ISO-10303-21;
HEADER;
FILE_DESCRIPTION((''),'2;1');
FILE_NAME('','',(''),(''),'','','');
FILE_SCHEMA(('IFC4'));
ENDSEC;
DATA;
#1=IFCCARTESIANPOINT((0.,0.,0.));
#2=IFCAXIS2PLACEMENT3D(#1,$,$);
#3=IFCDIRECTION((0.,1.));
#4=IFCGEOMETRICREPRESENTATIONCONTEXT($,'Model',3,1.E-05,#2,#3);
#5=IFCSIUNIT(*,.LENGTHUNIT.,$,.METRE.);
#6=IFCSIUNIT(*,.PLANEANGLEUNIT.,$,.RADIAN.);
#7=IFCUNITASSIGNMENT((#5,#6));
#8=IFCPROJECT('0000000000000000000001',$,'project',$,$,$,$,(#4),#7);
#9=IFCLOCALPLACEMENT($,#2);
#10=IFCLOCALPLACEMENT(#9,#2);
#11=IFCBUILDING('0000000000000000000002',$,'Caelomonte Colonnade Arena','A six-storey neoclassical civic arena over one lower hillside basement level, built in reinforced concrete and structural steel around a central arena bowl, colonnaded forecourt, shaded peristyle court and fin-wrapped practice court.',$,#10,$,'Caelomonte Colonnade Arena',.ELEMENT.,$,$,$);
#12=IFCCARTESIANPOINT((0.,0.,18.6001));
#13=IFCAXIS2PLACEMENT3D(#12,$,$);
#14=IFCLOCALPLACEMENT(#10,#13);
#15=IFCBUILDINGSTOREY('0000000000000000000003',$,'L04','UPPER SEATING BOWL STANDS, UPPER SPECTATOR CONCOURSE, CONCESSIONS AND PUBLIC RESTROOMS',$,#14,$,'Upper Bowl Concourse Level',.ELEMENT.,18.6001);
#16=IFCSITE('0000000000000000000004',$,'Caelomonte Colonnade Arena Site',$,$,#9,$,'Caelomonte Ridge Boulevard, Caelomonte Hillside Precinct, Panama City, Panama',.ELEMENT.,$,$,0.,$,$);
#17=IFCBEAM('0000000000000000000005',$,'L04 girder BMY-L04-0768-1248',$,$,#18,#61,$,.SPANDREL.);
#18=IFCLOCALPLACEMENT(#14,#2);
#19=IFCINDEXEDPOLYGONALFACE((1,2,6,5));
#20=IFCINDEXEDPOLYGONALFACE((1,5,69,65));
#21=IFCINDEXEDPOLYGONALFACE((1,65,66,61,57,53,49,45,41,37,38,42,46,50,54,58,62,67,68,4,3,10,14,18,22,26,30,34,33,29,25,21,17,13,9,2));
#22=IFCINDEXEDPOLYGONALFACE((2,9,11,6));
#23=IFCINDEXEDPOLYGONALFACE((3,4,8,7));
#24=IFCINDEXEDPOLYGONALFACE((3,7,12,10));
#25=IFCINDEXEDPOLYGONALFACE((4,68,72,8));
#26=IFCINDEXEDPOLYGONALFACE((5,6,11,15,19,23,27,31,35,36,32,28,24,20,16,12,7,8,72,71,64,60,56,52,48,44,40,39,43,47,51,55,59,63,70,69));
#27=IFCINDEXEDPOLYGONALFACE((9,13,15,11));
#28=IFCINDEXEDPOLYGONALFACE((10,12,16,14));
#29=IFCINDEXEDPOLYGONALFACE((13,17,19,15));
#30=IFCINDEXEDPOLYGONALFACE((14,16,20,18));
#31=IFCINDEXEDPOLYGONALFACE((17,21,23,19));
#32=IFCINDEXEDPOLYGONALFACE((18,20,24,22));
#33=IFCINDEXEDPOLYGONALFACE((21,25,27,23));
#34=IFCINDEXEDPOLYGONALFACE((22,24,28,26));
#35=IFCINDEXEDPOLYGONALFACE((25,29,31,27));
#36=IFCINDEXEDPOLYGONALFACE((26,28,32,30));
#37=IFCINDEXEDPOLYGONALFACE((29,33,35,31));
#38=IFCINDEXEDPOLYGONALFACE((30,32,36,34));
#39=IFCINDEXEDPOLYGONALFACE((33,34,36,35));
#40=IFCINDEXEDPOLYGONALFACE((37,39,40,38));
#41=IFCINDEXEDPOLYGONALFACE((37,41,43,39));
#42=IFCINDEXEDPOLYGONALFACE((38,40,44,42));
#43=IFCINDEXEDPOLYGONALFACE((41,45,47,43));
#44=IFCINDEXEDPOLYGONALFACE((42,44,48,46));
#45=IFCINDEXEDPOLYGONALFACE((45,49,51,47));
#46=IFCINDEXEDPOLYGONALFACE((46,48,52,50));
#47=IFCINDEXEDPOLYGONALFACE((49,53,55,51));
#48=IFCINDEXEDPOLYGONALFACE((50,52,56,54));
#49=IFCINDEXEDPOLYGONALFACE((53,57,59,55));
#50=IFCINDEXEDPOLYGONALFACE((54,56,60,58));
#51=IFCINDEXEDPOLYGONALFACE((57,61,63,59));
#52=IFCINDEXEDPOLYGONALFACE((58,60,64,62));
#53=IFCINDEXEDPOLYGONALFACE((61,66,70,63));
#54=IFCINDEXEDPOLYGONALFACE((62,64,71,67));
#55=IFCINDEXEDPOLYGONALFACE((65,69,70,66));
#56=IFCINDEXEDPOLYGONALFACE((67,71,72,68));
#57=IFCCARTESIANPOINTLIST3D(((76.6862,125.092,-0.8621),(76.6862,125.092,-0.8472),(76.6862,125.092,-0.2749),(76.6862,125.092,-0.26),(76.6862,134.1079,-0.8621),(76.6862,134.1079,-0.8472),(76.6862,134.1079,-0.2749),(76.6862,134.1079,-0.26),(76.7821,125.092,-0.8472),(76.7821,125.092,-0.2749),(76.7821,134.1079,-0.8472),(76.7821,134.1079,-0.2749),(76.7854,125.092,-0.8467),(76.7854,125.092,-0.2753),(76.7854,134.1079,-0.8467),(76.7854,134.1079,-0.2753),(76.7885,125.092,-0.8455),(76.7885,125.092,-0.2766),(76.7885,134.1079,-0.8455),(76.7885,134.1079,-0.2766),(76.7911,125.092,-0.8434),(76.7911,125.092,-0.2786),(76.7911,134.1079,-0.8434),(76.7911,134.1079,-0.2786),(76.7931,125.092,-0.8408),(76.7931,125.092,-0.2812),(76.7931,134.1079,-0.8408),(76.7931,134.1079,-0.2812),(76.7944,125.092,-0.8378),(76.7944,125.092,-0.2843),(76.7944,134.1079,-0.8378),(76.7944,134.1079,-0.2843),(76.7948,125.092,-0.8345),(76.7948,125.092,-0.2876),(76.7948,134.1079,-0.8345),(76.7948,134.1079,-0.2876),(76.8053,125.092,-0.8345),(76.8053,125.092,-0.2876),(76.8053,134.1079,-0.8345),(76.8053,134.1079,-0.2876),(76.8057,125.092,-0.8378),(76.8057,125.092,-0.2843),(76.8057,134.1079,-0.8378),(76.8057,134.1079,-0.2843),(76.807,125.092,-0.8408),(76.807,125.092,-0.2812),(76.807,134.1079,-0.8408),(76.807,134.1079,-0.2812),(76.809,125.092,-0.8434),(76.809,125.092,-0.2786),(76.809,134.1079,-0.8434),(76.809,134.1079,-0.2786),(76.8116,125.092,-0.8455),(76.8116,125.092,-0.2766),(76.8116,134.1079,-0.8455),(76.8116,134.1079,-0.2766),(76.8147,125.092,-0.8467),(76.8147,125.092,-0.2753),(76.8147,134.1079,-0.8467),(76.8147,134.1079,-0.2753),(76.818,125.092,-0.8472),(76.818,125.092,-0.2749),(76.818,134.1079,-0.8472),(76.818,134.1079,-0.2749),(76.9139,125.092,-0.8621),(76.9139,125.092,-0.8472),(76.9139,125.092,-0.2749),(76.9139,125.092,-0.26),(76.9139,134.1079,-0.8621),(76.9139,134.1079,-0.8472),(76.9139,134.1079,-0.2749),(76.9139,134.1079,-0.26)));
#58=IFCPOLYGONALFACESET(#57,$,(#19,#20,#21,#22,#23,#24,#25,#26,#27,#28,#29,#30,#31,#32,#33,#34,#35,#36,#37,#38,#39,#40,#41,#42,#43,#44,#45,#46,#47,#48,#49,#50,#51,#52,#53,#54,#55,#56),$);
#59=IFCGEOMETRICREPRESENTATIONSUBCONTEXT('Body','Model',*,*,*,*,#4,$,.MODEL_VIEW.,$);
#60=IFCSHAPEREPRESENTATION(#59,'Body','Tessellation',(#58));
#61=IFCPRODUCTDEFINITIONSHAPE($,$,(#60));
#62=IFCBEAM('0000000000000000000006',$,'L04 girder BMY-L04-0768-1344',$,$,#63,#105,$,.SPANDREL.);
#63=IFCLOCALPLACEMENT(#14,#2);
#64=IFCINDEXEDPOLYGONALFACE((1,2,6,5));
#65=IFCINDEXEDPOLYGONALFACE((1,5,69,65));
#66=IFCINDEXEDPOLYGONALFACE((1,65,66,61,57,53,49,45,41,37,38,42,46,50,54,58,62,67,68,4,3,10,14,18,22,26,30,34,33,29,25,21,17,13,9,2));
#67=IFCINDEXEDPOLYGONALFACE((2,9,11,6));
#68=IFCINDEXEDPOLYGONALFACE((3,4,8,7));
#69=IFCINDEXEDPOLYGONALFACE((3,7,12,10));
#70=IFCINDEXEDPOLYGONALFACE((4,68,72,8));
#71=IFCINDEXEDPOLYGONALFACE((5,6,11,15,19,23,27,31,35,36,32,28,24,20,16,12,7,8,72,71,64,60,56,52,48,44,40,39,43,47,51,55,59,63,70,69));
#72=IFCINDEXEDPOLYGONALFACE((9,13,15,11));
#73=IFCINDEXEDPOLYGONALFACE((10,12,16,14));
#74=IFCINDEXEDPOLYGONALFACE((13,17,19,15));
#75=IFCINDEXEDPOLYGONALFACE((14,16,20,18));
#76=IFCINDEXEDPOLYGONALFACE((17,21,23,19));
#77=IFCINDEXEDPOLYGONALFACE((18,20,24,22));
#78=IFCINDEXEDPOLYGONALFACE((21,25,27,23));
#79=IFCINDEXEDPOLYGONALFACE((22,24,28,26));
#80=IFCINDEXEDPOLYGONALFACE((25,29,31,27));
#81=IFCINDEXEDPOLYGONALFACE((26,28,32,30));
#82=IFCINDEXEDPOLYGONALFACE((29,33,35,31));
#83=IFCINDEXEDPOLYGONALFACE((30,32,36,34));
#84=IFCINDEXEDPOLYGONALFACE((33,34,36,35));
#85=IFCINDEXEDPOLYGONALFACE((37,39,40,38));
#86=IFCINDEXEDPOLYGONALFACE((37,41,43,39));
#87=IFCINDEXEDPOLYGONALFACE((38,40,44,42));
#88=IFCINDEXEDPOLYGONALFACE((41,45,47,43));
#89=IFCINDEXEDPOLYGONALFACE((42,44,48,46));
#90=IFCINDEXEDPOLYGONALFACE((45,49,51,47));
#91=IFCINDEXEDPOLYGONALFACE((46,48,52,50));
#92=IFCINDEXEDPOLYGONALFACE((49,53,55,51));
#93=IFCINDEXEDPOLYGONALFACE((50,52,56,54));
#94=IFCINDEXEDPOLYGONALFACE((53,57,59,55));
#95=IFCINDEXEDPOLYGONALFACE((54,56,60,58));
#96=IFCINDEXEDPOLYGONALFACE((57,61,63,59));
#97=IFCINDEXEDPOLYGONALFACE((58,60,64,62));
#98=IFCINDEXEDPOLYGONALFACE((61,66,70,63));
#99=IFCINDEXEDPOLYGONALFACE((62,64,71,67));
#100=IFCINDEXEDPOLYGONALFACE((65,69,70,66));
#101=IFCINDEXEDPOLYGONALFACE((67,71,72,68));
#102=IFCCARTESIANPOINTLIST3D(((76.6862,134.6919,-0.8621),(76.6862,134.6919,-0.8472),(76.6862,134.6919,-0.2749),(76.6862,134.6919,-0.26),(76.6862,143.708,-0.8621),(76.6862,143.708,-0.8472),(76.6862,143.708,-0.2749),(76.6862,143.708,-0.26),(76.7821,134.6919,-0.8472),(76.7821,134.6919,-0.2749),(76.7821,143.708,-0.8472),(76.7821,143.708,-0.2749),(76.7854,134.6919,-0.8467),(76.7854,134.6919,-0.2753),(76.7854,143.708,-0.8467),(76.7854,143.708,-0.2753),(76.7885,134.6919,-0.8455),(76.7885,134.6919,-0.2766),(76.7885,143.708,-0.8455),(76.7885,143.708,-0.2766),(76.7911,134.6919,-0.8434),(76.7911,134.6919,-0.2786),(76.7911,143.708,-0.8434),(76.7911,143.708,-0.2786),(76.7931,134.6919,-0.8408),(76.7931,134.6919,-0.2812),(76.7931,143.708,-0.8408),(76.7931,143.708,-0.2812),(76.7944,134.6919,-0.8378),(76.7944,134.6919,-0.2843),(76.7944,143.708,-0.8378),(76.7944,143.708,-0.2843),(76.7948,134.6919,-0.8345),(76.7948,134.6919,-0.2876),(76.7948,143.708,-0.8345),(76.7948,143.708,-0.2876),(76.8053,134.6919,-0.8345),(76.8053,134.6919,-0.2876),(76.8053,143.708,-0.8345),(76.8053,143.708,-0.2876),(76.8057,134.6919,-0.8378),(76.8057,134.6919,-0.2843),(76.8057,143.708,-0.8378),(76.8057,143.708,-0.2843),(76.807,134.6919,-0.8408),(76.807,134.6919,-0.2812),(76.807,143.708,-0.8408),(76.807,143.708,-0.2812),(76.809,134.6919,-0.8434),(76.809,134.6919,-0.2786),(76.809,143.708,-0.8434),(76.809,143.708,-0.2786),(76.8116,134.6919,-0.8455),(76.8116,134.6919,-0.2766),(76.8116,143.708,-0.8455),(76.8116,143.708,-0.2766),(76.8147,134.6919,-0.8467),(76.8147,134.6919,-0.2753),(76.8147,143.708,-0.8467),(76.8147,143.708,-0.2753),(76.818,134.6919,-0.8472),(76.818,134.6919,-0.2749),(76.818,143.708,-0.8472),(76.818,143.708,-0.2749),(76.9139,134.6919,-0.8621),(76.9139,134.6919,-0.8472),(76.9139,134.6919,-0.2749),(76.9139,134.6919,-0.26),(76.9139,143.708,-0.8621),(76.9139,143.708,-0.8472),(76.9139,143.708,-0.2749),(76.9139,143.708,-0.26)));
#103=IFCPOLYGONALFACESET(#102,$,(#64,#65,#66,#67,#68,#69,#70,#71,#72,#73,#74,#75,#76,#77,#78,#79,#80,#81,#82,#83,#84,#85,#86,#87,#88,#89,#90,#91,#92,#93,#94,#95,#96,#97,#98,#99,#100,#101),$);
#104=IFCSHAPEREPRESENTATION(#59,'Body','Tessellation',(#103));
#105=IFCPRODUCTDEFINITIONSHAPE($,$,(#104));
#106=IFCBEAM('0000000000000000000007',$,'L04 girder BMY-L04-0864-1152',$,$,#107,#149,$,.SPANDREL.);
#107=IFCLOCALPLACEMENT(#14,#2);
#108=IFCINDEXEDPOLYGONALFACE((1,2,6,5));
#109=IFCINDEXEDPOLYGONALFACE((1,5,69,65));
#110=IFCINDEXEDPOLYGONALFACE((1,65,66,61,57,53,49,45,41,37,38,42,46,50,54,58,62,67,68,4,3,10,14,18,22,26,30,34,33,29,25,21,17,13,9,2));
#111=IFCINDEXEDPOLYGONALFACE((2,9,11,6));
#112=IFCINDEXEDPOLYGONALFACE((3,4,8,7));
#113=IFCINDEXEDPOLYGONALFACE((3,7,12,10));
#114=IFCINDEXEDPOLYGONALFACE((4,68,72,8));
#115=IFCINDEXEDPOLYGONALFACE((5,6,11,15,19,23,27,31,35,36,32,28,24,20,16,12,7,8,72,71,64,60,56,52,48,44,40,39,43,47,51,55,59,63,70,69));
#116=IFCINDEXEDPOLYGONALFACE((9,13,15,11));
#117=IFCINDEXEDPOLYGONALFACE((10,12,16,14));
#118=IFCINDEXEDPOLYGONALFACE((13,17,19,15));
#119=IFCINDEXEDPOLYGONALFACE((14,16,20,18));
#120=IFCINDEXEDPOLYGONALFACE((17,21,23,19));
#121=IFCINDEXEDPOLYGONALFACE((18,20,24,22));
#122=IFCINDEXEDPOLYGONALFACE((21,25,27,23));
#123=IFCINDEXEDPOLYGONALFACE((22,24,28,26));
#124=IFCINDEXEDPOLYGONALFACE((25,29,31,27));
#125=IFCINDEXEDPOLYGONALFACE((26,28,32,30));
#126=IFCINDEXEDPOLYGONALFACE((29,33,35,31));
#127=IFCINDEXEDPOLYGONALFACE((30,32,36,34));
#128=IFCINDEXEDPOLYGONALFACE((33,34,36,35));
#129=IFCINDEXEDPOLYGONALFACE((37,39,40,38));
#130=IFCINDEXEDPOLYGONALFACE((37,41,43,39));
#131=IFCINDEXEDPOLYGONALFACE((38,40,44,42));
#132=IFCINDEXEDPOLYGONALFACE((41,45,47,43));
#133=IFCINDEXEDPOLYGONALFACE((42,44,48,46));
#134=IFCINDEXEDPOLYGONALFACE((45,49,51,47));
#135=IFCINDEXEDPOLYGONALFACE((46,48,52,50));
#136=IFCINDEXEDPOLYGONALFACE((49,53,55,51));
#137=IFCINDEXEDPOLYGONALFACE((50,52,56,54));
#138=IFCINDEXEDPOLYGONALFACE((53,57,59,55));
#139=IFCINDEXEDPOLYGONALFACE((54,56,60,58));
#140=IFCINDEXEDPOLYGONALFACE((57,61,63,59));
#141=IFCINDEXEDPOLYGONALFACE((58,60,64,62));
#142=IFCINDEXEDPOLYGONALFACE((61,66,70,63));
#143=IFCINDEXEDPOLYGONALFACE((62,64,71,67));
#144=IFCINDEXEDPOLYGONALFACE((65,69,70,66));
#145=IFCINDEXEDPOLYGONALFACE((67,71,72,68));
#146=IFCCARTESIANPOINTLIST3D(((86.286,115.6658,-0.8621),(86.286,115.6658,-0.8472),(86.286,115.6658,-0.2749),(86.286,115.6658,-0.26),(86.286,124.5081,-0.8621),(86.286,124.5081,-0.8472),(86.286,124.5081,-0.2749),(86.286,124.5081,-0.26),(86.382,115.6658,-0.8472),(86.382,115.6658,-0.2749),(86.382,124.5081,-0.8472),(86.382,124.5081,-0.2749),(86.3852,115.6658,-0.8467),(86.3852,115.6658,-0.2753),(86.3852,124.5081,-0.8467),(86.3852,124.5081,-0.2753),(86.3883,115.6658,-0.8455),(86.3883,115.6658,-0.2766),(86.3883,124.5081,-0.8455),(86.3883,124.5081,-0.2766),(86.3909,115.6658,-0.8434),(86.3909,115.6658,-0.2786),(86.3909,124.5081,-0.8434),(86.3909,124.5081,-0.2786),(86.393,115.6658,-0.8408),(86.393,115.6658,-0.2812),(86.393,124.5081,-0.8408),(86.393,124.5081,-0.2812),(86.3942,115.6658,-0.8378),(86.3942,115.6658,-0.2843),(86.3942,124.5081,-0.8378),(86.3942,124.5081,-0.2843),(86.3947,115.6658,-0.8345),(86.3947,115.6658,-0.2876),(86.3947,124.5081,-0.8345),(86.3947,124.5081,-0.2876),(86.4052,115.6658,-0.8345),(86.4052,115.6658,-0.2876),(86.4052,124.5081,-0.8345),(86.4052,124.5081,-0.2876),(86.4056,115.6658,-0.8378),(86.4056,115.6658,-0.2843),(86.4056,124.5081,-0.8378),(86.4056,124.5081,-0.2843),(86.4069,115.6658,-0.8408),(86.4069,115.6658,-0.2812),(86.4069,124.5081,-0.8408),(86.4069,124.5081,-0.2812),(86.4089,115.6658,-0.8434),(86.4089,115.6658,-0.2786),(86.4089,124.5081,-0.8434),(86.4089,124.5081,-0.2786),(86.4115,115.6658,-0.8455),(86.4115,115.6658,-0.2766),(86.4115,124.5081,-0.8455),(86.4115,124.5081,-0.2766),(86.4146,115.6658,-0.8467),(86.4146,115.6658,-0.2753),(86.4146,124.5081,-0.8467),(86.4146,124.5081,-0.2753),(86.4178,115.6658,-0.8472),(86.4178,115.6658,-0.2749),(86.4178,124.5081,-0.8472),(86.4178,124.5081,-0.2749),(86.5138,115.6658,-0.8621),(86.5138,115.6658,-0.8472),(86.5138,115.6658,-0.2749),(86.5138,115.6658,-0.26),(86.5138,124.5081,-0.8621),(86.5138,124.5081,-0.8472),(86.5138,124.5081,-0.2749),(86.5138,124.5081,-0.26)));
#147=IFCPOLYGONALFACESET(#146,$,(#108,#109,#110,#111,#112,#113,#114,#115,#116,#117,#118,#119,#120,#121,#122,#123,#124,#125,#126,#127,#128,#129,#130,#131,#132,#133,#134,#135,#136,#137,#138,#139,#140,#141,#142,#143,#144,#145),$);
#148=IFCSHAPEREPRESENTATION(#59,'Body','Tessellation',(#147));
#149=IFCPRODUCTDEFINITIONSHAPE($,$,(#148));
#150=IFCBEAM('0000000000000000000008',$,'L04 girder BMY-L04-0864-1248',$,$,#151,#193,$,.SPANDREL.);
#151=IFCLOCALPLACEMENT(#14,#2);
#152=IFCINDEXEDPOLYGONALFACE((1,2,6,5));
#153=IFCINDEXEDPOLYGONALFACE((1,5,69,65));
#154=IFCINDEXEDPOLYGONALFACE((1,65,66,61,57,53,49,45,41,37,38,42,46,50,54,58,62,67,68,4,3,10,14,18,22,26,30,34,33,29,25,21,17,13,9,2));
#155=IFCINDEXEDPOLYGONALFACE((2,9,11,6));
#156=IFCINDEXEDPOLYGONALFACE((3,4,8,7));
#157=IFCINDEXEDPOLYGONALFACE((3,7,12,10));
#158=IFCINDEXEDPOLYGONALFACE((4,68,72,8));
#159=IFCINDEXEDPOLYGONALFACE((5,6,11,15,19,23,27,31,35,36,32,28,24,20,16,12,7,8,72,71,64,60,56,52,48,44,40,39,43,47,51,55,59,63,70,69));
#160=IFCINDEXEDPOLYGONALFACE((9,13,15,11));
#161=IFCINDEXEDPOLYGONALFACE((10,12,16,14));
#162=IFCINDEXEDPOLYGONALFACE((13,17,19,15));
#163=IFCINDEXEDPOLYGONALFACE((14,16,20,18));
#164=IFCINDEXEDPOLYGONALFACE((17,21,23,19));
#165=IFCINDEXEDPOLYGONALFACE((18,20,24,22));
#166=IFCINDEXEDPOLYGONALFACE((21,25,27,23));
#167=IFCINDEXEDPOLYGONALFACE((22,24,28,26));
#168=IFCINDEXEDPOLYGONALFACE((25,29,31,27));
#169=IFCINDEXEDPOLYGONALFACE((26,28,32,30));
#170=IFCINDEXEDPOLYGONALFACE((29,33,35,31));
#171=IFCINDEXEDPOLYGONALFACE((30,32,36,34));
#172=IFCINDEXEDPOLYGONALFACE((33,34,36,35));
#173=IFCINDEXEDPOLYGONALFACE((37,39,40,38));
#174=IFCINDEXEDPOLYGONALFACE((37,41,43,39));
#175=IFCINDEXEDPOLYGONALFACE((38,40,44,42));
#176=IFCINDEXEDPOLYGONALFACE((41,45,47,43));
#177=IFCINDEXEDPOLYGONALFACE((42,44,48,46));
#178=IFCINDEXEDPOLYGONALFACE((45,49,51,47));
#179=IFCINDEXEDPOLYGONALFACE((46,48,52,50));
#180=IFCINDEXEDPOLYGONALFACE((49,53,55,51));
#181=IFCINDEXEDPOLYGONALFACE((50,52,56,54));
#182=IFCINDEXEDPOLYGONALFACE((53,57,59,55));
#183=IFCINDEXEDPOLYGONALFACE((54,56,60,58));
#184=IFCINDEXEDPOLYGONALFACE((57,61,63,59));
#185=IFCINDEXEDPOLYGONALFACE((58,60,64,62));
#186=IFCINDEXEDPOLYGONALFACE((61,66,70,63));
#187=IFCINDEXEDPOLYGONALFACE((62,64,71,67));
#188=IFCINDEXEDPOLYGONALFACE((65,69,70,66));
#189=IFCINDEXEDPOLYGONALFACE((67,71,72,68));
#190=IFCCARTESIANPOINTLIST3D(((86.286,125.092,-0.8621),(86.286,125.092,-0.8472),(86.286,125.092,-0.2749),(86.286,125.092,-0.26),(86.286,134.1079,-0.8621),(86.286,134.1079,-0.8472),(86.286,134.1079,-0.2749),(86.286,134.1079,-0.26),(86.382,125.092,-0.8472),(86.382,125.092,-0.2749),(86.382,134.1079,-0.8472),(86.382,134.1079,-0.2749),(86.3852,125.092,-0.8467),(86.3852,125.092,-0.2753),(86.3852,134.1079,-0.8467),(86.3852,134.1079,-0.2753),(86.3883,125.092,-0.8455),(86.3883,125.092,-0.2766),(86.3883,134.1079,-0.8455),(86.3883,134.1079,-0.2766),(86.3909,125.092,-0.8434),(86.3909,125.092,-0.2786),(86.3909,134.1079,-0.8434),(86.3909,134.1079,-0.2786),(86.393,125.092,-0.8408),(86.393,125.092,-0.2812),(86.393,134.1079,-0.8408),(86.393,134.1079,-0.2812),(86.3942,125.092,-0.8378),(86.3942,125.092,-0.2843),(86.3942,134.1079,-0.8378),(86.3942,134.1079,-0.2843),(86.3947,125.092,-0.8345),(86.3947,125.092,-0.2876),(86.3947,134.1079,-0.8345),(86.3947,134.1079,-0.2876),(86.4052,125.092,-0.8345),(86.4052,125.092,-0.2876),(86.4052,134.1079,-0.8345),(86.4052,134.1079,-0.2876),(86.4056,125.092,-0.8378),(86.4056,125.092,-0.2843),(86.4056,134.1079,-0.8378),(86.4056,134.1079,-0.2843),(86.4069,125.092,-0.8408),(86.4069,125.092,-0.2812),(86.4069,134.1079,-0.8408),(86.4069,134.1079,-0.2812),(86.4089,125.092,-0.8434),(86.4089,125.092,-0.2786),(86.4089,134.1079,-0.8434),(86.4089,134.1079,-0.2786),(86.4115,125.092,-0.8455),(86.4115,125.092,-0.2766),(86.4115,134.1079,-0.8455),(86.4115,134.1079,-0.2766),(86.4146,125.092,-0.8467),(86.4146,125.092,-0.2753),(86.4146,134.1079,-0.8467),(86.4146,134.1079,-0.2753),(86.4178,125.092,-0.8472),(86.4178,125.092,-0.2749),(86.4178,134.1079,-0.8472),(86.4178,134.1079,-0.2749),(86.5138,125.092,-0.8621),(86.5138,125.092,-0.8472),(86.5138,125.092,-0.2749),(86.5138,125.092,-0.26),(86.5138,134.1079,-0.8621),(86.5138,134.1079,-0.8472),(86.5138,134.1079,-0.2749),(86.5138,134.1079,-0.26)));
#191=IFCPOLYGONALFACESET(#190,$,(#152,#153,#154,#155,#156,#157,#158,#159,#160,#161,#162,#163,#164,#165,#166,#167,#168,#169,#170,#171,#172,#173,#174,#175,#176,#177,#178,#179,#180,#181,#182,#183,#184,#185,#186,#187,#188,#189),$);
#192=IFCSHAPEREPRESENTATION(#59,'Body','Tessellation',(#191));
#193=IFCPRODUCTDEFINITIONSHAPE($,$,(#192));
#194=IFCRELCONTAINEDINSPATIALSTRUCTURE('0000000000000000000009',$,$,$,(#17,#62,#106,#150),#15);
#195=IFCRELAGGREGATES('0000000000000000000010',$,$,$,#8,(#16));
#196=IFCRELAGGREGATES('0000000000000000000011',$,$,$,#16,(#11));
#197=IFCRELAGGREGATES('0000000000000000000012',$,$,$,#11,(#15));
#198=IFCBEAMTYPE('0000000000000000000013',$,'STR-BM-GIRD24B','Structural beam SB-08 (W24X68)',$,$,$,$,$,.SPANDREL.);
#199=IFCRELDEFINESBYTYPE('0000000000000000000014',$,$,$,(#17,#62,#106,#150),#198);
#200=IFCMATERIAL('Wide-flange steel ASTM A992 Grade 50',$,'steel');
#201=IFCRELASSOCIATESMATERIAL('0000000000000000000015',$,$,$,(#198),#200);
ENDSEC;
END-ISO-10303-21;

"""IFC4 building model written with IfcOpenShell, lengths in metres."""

from ifc_helpers import new_model, si_unit, direction, frame, origin, origin_2d, place, context, subcontext, project, spatial, i_section, extrude, material, material_profile, profile_set, type_object, element, save


model = new_model("IFC4")

# Units and contexts
model_context = context("Model", 3, precision=1e-05, world=origin(), true_north=direction((0.0, 1.0)))
body_context = subcontext(model_context, "Body", "Model", "MODEL_VIEW")
ifc_project = project(units=[si_unit("LENGTHUNIT", "METRE"), si_unit("PLANEANGLEUNIT", "RADIAN")], contexts=[model_context])

# Site, building, storey
site_placement = place(None, origin())
site = spatial("IfcSite", under=ifc_project, at=site_placement, Name="Caelomonte Colonnade Arena Site", LongName="Caelomonte Ridge Boulevard, Caelomonte Hillside Precinct, Panama City, Panama", CompositionType="ELEMENT", RefElevation=0.0)
building_placement = place(site_placement, origin())
building = spatial("IfcBuilding", under=site, at=building_placement, Name="Caelomonte Colonnade Arena", Description="A six-storey neoclassical civic arena over one lower hillside basement level, built in reinforced concrete and structural steel around a central arena bowl, colonnaded forecourt, shaded peristyle court and fin-wrapped practice court.", LongName="Caelomonte Colonnade Arena", CompositionType="ELEMENT")
storey_placement = place(building_placement, frame((0.0, 0.0, 18.6001)))
storey = spatial("IfcBuildingStorey", under=building, at=storey_placement, Name="L04", Description="UPPER SEATING BOWL STANDS, UPPER SPECTATOR CONCOURSE, CONCESSIONS AND PUBLIC RESTROOMS", LongName="Upper Bowl Concourse Level", CompositionType="ELEMENT", Elevation=18.6001)

# Beams
ifc_material_1 = material(Name="Wide-flange steel ASTM A992 Grade 50", Category="steel")
ifc_material_profile_1 = material_profile(ifc_material_1, i_section(OverallWidth=0.2278, OverallDepth=0.6021, WebThickness=0.0105, FlangeThickness=0.0149, FilletRadius=0.0127, at=origin_2d()), Name="W24X68")
ifc_profile_set_1 = profile_set([ifc_material_profile_1], Name="Wide-flange steel ASTM A992 Grade 50")
beam_type_1 = type_object("IfcBeamType", Name="STR-BM-GIRD24B", Description="Structural beam SB-08 (W24X68)", PredefinedType="SPANDREL", material=ifc_profile_set_1)
beam_1_placement = place(storey_placement, frame((76.8, 125.092, -0.561), z_axis=(0.0, 1.0, 0.0), x_axis=(-1.0, 0.0, 0.0)))
element("IfcBeam", 1, at=beam_1_placement, inside=storey, type_object=beam_type_1, Name="L04 girder BMY-L04-0768-1248", PredefinedType="SPANDREL", context=body_context, shape_type="SweptSolid", body=[
    extrude(i_section(OverallWidth=0.2278, OverallDepth=0.6021, WebThickness=0.0105, FlangeThickness=0.0149, FilletRadius=0.0127, at=origin_2d()), origin(), (0.0, 0.0, 1.0), 9.0159),
])
beam_2_placement = place(storey_placement, frame((76.8, 134.6919, -0.561), z_axis=(0.0, 1.0, 0.0), x_axis=(-1.0, 0.0, 0.0)))
element("IfcBeam", 2, at=beam_2_placement, inside=storey, type_object=beam_type_1, Name="L04 girder BMY-L04-0768-1344", PredefinedType="SPANDREL", context=body_context, shape_type="SweptSolid", body=[
    extrude(i_section(OverallWidth=0.2278, OverallDepth=0.6021, WebThickness=0.0105, FlangeThickness=0.0149, FilletRadius=0.0127, at=origin_2d()), origin(), (0.0, 0.0, 1.0), 9.0161),
])
beam_3_placement = place(storey_placement, frame((86.3999, 115.6658, -0.561), z_axis=(0.0, 1.0, 0.0), x_axis=(-1.0, 0.0, 0.0)))
element("IfcBeam", 3, at=beam_3_placement, inside=storey, type_object=beam_type_1, Name="L04 girder BMY-L04-0864-1152", PredefinedType="SPANDREL", context=body_context, shape_type="SweptSolid", body=[
    extrude(i_section(OverallWidth=0.2278, OverallDepth=0.6021, WebThickness=0.0105, FlangeThickness=0.0149, FilletRadius=0.0127, at=origin_2d()), origin(), (0.0, 0.0, 1.0), 8.8423),
])
beam_4_placement = place(storey_placement, frame((86.3999, 125.092, -0.561), z_axis=(0.0, 1.0, 0.0), x_axis=(-1.0, 0.0, 0.0)))
element("IfcBeam", 4, at=beam_4_placement, inside=storey, type_object=beam_type_1, Name="L04 girder BMY-L04-0864-1248", PredefinedType="SPANDREL", context=body_context, shape_type="SweptSolid", body=[
    extrude(i_section(OverallWidth=0.2278, OverallDepth=0.6021, WebThickness=0.0105, FlangeThickness=0.0149, FilletRadius=0.0127, at=origin_2d()), origin(), (0.0, 0.0, 1.0), 9.0159),
])

save(model, "model.ifc")
